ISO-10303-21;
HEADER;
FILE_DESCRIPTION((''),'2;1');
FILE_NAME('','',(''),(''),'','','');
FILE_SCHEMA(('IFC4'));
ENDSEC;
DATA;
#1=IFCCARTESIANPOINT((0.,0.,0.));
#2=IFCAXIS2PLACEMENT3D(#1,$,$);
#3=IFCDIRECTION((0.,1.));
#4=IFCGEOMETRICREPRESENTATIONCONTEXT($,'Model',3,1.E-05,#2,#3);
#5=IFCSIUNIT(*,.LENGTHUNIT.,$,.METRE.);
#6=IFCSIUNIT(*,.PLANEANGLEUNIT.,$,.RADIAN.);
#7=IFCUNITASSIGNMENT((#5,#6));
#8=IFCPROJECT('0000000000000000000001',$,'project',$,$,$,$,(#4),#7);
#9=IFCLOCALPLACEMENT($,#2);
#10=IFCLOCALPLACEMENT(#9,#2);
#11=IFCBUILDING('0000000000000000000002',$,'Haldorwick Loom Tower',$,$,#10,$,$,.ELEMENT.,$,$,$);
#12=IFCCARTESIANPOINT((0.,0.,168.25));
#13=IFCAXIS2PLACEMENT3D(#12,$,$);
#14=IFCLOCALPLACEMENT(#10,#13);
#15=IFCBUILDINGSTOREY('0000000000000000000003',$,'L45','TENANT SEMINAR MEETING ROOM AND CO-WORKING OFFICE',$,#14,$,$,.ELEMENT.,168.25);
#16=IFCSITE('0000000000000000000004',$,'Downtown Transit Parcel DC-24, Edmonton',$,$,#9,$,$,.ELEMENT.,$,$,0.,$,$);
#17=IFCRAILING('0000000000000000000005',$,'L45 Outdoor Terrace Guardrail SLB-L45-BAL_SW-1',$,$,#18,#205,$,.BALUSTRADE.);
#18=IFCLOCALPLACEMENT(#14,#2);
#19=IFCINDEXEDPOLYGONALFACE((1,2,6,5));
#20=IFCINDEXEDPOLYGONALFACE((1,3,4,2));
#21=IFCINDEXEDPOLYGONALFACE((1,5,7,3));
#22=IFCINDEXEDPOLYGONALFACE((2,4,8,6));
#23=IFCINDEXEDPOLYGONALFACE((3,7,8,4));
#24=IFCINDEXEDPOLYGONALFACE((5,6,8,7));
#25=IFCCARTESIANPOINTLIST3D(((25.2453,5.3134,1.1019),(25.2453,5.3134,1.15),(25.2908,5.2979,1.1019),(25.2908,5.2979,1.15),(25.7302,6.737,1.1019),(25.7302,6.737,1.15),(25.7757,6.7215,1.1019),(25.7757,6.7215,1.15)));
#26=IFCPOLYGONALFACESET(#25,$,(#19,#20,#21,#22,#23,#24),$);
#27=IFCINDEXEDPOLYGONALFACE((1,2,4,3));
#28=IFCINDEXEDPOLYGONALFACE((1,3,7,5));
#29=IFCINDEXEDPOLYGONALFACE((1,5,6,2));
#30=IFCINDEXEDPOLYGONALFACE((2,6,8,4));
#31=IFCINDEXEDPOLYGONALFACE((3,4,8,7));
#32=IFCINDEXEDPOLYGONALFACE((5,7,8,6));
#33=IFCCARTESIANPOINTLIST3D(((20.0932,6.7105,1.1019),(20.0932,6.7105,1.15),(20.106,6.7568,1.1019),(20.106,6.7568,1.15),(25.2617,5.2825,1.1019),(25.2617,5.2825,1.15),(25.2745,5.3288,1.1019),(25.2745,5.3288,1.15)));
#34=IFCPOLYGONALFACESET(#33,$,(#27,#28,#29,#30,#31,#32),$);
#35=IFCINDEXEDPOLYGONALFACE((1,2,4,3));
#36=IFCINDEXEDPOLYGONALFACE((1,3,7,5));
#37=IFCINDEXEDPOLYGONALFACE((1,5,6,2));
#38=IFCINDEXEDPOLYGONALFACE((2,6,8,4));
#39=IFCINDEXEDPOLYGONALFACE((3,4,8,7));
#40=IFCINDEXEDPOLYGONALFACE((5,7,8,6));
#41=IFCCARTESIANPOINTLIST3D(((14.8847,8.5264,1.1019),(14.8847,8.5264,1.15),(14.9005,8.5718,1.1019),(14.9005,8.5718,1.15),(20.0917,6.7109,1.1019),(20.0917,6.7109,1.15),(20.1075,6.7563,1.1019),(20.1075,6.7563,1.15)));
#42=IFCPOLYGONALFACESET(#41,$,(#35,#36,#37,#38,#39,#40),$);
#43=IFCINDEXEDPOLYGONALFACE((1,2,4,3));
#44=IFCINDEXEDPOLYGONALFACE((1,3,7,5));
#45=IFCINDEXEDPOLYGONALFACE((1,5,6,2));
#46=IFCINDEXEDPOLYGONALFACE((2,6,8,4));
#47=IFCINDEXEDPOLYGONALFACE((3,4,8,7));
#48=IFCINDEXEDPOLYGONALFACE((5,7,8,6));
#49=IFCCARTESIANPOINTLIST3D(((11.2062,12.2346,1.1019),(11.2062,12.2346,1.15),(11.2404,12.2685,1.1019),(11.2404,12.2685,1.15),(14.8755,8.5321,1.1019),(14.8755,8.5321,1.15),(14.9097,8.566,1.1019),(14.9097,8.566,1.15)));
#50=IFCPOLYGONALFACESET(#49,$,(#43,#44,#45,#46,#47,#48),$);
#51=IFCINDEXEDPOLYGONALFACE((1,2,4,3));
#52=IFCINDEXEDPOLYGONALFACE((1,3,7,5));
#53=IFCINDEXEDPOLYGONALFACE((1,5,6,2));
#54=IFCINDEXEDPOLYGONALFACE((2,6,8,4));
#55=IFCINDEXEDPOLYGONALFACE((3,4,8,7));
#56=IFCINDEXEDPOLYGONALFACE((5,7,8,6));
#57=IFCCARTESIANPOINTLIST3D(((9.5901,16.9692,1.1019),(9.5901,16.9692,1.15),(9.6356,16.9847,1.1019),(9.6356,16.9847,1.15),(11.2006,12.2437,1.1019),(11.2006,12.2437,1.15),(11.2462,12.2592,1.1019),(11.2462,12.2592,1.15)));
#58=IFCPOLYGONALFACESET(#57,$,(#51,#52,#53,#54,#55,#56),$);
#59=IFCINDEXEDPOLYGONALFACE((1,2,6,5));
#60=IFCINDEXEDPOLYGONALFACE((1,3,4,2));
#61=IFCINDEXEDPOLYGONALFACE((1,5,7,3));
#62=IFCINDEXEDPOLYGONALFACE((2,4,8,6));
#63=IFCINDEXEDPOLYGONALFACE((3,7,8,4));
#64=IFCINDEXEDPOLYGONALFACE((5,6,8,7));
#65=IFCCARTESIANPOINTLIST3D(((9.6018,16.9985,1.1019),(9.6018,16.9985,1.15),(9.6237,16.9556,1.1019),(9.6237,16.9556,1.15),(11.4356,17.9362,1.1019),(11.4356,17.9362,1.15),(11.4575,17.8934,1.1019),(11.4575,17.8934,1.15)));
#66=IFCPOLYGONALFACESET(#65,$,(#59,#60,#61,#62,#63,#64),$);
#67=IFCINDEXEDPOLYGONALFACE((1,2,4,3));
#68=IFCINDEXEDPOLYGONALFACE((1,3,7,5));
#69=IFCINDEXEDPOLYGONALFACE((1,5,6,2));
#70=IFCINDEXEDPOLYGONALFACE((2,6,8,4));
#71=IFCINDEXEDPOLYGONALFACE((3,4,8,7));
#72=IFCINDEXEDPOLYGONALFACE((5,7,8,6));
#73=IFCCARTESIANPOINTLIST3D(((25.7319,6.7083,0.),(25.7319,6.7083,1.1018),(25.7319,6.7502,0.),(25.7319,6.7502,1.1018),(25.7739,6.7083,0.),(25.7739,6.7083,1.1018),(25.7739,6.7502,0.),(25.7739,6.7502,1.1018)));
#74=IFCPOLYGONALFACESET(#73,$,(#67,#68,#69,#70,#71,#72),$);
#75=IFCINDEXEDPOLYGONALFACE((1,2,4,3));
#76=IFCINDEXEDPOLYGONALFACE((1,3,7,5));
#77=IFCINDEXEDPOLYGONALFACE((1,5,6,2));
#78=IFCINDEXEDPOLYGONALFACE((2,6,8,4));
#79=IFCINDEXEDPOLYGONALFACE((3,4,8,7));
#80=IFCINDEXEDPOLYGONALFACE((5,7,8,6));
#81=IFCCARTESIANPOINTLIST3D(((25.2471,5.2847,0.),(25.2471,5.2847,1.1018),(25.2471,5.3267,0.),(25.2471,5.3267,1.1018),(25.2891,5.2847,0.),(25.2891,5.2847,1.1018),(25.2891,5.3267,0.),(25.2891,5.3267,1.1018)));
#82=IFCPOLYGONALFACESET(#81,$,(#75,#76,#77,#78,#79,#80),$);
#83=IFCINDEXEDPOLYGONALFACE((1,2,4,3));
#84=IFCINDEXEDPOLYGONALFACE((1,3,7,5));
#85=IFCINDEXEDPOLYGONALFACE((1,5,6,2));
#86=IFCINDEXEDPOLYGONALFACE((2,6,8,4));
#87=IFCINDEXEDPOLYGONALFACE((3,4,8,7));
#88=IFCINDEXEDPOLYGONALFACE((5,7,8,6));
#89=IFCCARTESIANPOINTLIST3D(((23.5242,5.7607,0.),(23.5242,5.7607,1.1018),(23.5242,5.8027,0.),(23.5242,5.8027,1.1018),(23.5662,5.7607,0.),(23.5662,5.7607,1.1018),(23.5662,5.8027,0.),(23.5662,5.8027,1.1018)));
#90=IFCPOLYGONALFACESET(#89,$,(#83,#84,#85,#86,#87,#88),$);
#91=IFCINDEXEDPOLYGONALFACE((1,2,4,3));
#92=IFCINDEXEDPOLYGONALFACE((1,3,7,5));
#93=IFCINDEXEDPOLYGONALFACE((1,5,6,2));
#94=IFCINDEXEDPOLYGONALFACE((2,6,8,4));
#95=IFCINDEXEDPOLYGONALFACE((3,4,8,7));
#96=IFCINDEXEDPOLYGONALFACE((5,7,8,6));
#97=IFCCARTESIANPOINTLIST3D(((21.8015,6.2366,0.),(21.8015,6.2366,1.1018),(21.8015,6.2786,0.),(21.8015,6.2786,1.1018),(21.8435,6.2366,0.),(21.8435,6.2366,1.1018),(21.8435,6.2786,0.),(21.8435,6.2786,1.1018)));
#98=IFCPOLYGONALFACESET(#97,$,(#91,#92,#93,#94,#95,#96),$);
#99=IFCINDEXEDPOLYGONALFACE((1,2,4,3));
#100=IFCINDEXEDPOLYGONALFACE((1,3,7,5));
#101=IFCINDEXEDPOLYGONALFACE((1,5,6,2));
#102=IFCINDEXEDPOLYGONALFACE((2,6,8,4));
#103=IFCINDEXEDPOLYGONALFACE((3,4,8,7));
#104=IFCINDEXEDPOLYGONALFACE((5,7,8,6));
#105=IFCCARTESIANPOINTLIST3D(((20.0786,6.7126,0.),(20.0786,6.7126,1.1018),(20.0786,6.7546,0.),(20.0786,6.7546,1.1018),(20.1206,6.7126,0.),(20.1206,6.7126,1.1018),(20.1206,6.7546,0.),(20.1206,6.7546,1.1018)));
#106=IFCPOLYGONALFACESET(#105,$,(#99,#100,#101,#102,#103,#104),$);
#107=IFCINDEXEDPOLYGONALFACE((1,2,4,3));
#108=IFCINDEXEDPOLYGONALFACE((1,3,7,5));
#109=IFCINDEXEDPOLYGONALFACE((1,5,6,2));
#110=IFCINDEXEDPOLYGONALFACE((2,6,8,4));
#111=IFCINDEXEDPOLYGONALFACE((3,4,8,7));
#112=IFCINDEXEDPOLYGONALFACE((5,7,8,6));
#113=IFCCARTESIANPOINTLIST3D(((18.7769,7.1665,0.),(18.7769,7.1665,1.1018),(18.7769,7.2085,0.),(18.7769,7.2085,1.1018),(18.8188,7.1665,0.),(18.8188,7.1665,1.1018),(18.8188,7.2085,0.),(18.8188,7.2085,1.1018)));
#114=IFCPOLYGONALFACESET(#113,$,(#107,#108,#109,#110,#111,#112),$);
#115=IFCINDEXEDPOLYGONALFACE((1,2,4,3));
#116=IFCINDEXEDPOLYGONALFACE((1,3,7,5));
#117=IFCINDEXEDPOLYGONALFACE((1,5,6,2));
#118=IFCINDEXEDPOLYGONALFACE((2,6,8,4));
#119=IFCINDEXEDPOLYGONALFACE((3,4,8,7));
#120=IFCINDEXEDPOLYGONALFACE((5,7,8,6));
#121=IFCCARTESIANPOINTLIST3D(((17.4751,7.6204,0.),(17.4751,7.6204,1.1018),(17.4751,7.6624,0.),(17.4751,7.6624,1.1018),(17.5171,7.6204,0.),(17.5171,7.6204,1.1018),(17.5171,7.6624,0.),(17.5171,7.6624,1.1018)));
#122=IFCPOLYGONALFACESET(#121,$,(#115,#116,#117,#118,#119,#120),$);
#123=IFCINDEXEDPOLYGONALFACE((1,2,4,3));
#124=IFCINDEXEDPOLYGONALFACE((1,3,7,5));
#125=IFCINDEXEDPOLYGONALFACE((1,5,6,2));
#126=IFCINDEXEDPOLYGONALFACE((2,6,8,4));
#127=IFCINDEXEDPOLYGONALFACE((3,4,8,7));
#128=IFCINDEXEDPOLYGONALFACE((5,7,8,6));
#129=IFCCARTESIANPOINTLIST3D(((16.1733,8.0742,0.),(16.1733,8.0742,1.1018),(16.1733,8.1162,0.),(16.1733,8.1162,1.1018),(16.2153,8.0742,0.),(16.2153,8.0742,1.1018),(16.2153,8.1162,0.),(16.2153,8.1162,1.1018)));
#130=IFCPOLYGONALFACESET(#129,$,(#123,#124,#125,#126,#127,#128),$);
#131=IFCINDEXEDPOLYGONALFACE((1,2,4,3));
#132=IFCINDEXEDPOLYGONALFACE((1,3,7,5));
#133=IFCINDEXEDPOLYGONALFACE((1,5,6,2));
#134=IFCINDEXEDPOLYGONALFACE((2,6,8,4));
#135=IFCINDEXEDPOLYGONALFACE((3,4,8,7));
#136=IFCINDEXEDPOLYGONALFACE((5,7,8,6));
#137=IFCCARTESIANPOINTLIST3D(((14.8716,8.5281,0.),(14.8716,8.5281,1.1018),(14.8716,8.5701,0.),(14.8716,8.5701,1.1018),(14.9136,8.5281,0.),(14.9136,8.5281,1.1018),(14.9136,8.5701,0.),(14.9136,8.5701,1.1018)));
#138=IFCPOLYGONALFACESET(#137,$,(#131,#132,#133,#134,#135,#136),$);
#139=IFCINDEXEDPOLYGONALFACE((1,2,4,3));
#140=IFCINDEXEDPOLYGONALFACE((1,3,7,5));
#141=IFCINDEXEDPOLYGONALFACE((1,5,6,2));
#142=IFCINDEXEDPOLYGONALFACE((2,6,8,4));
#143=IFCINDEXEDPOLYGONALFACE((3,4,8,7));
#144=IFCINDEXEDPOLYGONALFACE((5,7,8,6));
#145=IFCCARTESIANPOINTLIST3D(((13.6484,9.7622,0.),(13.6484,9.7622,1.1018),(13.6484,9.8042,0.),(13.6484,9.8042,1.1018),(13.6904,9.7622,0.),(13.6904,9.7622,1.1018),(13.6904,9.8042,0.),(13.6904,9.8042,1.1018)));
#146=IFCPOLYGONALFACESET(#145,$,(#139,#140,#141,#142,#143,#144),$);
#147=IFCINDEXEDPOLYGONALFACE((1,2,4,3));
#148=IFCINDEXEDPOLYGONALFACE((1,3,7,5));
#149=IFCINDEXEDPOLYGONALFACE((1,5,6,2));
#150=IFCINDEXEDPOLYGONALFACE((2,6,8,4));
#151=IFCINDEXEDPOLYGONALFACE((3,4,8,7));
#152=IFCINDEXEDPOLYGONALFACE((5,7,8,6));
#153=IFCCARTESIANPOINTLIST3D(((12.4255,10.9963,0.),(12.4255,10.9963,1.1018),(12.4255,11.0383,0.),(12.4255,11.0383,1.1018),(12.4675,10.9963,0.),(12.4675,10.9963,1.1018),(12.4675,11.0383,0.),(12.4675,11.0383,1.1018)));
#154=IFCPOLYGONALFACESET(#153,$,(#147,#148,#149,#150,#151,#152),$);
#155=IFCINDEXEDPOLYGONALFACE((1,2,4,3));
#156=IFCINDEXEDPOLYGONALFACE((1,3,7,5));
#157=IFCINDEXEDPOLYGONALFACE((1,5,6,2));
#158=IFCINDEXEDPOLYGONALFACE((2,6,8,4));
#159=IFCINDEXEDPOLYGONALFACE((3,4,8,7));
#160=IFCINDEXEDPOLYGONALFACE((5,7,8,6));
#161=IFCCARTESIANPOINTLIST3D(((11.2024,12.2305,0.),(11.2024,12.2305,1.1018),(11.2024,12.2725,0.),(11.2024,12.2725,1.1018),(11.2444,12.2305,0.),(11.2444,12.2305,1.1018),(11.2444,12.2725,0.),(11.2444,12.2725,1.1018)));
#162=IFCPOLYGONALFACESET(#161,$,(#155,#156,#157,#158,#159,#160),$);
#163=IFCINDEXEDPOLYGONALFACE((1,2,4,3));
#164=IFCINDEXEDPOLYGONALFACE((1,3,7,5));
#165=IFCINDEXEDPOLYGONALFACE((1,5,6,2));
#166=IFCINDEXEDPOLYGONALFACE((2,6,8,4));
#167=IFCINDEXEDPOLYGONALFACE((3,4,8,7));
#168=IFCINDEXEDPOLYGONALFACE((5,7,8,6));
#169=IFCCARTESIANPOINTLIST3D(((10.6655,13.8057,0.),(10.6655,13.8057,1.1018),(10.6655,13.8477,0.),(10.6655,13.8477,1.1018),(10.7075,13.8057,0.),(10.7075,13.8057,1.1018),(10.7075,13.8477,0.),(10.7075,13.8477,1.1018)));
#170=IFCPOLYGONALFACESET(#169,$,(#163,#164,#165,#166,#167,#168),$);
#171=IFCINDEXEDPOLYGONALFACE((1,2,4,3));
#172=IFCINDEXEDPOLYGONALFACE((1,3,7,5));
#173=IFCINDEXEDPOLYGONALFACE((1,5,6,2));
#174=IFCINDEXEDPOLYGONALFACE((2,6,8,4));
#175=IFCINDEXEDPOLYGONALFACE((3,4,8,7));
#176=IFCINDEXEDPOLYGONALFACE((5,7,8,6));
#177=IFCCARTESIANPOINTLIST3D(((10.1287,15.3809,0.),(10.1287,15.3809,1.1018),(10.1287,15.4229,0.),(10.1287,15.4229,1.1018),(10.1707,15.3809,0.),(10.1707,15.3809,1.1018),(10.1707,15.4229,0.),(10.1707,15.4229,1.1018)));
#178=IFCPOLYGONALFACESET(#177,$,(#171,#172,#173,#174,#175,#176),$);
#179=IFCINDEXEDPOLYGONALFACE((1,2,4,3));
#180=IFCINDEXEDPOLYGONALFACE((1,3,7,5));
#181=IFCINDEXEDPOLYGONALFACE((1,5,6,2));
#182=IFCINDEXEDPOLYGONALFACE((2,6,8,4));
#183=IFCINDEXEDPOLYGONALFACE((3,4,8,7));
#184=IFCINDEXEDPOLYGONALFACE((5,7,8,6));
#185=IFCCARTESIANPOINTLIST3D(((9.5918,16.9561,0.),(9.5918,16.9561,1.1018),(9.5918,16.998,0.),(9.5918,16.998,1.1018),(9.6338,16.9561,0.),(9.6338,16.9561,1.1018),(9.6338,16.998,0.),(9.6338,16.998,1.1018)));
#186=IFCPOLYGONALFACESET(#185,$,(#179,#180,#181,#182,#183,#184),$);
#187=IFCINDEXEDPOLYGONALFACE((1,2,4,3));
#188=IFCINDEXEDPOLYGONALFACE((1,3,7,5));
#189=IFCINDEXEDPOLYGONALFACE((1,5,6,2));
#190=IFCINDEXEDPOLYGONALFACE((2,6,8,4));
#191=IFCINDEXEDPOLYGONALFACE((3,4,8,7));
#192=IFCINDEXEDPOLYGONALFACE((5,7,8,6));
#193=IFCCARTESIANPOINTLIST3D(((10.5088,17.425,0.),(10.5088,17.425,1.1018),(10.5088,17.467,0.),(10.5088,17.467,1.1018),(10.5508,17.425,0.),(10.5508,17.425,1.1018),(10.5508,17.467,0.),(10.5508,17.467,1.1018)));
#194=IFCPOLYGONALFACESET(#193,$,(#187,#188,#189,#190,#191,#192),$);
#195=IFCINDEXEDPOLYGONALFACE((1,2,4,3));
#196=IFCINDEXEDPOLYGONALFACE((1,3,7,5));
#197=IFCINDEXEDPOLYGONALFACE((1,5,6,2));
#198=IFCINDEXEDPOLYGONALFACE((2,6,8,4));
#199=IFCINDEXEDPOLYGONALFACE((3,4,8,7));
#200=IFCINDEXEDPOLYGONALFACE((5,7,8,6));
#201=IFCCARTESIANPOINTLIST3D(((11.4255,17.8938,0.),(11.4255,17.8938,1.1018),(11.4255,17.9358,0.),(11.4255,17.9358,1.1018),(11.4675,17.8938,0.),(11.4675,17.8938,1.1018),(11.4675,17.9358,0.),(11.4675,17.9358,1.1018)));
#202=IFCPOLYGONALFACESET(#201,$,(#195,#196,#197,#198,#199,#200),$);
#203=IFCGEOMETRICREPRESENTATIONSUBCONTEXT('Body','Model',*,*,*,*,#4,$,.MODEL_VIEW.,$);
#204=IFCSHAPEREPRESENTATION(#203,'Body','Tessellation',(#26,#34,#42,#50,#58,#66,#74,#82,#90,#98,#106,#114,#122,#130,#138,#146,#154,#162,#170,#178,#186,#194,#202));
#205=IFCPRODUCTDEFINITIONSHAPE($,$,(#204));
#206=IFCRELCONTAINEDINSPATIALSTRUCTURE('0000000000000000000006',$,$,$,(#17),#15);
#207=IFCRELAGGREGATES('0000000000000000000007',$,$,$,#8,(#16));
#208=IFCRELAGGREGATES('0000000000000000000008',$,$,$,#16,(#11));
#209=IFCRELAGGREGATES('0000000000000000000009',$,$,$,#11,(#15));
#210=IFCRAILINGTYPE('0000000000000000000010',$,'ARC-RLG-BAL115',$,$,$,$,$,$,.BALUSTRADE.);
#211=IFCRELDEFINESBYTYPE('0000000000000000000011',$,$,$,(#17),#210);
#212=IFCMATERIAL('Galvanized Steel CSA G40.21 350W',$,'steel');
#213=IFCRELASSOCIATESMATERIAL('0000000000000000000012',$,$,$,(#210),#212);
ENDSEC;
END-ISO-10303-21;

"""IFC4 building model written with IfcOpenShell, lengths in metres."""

from ifc_helpers import new_model, si_unit, direction, frame, origin, origin_2d, place, context, subcontext, project, spatial, rectangle, extrude, material, type_object, element, save


model = new_model("IFC4")

# Units and contexts
model_context = context("Model", 3, precision=1e-05, world=origin(), true_north=direction((0.0, 1.0)))
body_context = subcontext(model_context, "Body", "Model", "MODEL_VIEW")
ifc_project = project(units=[si_unit("LENGTHUNIT", "METRE"), si_unit("PLANEANGLEUNIT", "RADIAN")], contexts=[model_context])

# Site, building, storey
site_placement = place(None, origin())
site = spatial("IfcSite", under=ifc_project, at=site_placement, Name="Downtown Transit Parcel DC-24, Edmonton", CompositionType="ELEMENT", RefElevation=0.0)
building_placement = place(site_placement, origin())
building = spatial("IfcBuilding", under=site, at=building_placement, Name="Haldorwick Loom Tower", CompositionType="ELEMENT")
storey_placement = place(building_placement, frame((0.0, 0.0, 168.25)))
storey = spatial("IfcBuildingStorey", under=building, at=storey_placement, Name="L45", Description="TENANT SEMINAR MEETING ROOM AND CO-WORKING OFFICE", CompositionType="ELEMENT", Elevation=168.25)

# Railing
ifc_material_1 = material(Name="Galvanized Steel CSA G40.21 350W", Category="steel")
railing_type = type_object("IfcRailingType", Name="ARC-RLG-BAL115", PredefinedType="BALUSTRADE", material=ifc_material_1)
railing_placement = place(storey_placement, frame((25.7529, 6.7292, 0.0)))
element("IfcRailing", 1, at=railing_placement, inside=storey, type_object=railing_type, Name="L45 Outdoor Terrace Guardrail SLB-L45-BAL_SW-1", PredefinedType="BALUSTRADE", context=body_context, shape_type="SweptSolid", body=[
    extrude(rectangle(XDim=0.0481, YDim=0.0481, at=origin_2d()), frame((0.0, 0.0, 1.126), z_axis=(-0.322406, -0.946601, 0.0), x_axis=(0.946601, -0.322406, 0.0)), (0.0, 0.0, 1.0), 1.5039),
    extrude(rectangle(XDim=0.0481, YDim=0.0481, at=origin_2d()), frame((-0.4849, -1.4236, 1.126), z_axis=(-0.963887, 0.26631, 0.0), x_axis=(-0.26631, -0.963887, 0.0)), (0.0, 0.0, 1.0), 5.3621),
    extrude(rectangle(XDim=0.0481, YDim=0.0481, at=origin_2d()), frame((-5.6533, 0.0044, 1.126), z_axis=(-0.944255, 0.329214, 0.0), x_axis=(-0.329214, -0.944255, 0.0)), (0.0, 0.0, 1.0), 5.5144),
    extrude(rectangle(XDim=0.0481, YDim=0.0481, at=origin_2d()), frame((-10.8604, 1.8198, 1.126), z_axis=(-0.703915, 0.710285, 0.0), x_axis=(-0.710285, -0.703915, 0.0)), (0.0, 0.0, 1.0), 5.2126),
    extrude(rectangle(XDim=0.0481, YDim=0.0481, at=origin_2d()), frame((-14.5295, 5.5222, 1.126), z_axis=(-0.322602, 0.946535, 0.0), x_axis=(-0.946535, -0.322602, 0.0)), (0.0, 0.0, 1.0), 4.9924),
    extrude(rectangle(XDim=0.0481, YDim=0.0481, at=origin_2d()), frame((-16.1401, 10.2478, 1.126), z_axis=(0.890336, 0.455303, 0.0), x_axis=(-0.455303, 0.890336, 0.0)), (0.0, 0.0, 1.0), 2.0596),
    extrude(rectangle(XDim=0.042, YDim=0.042, at=origin_2d()), origin(), (0.0, 0.0, 1.0), 1.1018),
    extrude(rectangle(XDim=0.042, YDim=0.042, at=origin_2d()), frame((-0.4849, -1.4236, 0.0)), (0.0, 0.0, 1.0), 1.1018),
    extrude(rectangle(XDim=0.042, YDim=0.042, at=origin_2d()), frame((-2.2078, -0.9475, 0.0)), (0.0, 0.0, 1.0), 1.1018),
    extrude(rectangle(XDim=0.042, YDim=0.042, at=origin_2d()), frame((-3.9304, -0.4717, 0.0)), (0.0, 0.0, 1.0), 1.1018),
    extrude(rectangle(XDim=0.042, YDim=0.042, at=origin_2d()), frame((-5.6533, 0.0044, 0.0)), (0.0, 0.0, 1.0), 1.1018),
    extrude(rectangle(XDim=0.042, YDim=0.042, at=origin_2d()), frame((-6.9551, 0.4583, 0.0)), (0.0, 0.0, 1.0), 1.1018),
    extrude(rectangle(XDim=0.042, YDim=0.042, at=origin_2d()), frame((-8.2568, 0.9121, 0.0)), (0.0, 0.0, 1.0), 1.1018),
    extrude(rectangle(XDim=0.042, YDim=0.042, at=origin_2d()), frame((-9.5586, 1.366, 0.0)), (0.0, 0.0, 1.0), 1.1018),
    extrude(rectangle(XDim=0.042, YDim=0.042, at=origin_2d()), frame((-10.8604, 1.8198, 0.0)), (0.0, 0.0, 1.0), 1.1018),
    extrude(rectangle(XDim=0.042, YDim=0.042, at=origin_2d()), frame((-12.0835, 3.054, 0.0)), (0.0, 0.0, 1.0), 1.1018),
    extrude(rectangle(XDim=0.042, YDim=0.042, at=origin_2d()), frame((-13.3064, 4.2881, 0.0)), (0.0, 0.0, 1.0), 1.1018),
    extrude(rectangle(XDim=0.042, YDim=0.042, at=origin_2d()), frame((-14.5295, 5.5222, 0.0)), (0.0, 0.0, 1.0), 1.1018),
    extrude(rectangle(XDim=0.042, YDim=0.042, at=origin_2d()), frame((-15.0664, 7.0974, 0.0)), (0.0, 0.0, 1.0), 1.1018),
    extrude(rectangle(XDim=0.042, YDim=0.042, at=origin_2d()), frame((-15.6033, 8.6726, 0.0)), (0.0, 0.0, 1.0), 1.1018),
    extrude(rectangle(XDim=0.042, YDim=0.042, at=origin_2d()), frame((-16.1401, 10.2478, 0.0)), (0.0, 0.0, 1.0), 1.1018),
    extrude(rectangle(XDim=0.042, YDim=0.042, at=origin_2d()), frame((-15.2231, 10.7168, 0.0)), (0.0, 0.0, 1.0), 1.1018),
    extrude(rectangle(XDim=0.042, YDim=0.042, at=origin_2d()), frame((-14.3064, 11.1855, 0.0)), (0.0, 0.0, 1.0), 1.1018),
])

save(model, "model.ifc")
